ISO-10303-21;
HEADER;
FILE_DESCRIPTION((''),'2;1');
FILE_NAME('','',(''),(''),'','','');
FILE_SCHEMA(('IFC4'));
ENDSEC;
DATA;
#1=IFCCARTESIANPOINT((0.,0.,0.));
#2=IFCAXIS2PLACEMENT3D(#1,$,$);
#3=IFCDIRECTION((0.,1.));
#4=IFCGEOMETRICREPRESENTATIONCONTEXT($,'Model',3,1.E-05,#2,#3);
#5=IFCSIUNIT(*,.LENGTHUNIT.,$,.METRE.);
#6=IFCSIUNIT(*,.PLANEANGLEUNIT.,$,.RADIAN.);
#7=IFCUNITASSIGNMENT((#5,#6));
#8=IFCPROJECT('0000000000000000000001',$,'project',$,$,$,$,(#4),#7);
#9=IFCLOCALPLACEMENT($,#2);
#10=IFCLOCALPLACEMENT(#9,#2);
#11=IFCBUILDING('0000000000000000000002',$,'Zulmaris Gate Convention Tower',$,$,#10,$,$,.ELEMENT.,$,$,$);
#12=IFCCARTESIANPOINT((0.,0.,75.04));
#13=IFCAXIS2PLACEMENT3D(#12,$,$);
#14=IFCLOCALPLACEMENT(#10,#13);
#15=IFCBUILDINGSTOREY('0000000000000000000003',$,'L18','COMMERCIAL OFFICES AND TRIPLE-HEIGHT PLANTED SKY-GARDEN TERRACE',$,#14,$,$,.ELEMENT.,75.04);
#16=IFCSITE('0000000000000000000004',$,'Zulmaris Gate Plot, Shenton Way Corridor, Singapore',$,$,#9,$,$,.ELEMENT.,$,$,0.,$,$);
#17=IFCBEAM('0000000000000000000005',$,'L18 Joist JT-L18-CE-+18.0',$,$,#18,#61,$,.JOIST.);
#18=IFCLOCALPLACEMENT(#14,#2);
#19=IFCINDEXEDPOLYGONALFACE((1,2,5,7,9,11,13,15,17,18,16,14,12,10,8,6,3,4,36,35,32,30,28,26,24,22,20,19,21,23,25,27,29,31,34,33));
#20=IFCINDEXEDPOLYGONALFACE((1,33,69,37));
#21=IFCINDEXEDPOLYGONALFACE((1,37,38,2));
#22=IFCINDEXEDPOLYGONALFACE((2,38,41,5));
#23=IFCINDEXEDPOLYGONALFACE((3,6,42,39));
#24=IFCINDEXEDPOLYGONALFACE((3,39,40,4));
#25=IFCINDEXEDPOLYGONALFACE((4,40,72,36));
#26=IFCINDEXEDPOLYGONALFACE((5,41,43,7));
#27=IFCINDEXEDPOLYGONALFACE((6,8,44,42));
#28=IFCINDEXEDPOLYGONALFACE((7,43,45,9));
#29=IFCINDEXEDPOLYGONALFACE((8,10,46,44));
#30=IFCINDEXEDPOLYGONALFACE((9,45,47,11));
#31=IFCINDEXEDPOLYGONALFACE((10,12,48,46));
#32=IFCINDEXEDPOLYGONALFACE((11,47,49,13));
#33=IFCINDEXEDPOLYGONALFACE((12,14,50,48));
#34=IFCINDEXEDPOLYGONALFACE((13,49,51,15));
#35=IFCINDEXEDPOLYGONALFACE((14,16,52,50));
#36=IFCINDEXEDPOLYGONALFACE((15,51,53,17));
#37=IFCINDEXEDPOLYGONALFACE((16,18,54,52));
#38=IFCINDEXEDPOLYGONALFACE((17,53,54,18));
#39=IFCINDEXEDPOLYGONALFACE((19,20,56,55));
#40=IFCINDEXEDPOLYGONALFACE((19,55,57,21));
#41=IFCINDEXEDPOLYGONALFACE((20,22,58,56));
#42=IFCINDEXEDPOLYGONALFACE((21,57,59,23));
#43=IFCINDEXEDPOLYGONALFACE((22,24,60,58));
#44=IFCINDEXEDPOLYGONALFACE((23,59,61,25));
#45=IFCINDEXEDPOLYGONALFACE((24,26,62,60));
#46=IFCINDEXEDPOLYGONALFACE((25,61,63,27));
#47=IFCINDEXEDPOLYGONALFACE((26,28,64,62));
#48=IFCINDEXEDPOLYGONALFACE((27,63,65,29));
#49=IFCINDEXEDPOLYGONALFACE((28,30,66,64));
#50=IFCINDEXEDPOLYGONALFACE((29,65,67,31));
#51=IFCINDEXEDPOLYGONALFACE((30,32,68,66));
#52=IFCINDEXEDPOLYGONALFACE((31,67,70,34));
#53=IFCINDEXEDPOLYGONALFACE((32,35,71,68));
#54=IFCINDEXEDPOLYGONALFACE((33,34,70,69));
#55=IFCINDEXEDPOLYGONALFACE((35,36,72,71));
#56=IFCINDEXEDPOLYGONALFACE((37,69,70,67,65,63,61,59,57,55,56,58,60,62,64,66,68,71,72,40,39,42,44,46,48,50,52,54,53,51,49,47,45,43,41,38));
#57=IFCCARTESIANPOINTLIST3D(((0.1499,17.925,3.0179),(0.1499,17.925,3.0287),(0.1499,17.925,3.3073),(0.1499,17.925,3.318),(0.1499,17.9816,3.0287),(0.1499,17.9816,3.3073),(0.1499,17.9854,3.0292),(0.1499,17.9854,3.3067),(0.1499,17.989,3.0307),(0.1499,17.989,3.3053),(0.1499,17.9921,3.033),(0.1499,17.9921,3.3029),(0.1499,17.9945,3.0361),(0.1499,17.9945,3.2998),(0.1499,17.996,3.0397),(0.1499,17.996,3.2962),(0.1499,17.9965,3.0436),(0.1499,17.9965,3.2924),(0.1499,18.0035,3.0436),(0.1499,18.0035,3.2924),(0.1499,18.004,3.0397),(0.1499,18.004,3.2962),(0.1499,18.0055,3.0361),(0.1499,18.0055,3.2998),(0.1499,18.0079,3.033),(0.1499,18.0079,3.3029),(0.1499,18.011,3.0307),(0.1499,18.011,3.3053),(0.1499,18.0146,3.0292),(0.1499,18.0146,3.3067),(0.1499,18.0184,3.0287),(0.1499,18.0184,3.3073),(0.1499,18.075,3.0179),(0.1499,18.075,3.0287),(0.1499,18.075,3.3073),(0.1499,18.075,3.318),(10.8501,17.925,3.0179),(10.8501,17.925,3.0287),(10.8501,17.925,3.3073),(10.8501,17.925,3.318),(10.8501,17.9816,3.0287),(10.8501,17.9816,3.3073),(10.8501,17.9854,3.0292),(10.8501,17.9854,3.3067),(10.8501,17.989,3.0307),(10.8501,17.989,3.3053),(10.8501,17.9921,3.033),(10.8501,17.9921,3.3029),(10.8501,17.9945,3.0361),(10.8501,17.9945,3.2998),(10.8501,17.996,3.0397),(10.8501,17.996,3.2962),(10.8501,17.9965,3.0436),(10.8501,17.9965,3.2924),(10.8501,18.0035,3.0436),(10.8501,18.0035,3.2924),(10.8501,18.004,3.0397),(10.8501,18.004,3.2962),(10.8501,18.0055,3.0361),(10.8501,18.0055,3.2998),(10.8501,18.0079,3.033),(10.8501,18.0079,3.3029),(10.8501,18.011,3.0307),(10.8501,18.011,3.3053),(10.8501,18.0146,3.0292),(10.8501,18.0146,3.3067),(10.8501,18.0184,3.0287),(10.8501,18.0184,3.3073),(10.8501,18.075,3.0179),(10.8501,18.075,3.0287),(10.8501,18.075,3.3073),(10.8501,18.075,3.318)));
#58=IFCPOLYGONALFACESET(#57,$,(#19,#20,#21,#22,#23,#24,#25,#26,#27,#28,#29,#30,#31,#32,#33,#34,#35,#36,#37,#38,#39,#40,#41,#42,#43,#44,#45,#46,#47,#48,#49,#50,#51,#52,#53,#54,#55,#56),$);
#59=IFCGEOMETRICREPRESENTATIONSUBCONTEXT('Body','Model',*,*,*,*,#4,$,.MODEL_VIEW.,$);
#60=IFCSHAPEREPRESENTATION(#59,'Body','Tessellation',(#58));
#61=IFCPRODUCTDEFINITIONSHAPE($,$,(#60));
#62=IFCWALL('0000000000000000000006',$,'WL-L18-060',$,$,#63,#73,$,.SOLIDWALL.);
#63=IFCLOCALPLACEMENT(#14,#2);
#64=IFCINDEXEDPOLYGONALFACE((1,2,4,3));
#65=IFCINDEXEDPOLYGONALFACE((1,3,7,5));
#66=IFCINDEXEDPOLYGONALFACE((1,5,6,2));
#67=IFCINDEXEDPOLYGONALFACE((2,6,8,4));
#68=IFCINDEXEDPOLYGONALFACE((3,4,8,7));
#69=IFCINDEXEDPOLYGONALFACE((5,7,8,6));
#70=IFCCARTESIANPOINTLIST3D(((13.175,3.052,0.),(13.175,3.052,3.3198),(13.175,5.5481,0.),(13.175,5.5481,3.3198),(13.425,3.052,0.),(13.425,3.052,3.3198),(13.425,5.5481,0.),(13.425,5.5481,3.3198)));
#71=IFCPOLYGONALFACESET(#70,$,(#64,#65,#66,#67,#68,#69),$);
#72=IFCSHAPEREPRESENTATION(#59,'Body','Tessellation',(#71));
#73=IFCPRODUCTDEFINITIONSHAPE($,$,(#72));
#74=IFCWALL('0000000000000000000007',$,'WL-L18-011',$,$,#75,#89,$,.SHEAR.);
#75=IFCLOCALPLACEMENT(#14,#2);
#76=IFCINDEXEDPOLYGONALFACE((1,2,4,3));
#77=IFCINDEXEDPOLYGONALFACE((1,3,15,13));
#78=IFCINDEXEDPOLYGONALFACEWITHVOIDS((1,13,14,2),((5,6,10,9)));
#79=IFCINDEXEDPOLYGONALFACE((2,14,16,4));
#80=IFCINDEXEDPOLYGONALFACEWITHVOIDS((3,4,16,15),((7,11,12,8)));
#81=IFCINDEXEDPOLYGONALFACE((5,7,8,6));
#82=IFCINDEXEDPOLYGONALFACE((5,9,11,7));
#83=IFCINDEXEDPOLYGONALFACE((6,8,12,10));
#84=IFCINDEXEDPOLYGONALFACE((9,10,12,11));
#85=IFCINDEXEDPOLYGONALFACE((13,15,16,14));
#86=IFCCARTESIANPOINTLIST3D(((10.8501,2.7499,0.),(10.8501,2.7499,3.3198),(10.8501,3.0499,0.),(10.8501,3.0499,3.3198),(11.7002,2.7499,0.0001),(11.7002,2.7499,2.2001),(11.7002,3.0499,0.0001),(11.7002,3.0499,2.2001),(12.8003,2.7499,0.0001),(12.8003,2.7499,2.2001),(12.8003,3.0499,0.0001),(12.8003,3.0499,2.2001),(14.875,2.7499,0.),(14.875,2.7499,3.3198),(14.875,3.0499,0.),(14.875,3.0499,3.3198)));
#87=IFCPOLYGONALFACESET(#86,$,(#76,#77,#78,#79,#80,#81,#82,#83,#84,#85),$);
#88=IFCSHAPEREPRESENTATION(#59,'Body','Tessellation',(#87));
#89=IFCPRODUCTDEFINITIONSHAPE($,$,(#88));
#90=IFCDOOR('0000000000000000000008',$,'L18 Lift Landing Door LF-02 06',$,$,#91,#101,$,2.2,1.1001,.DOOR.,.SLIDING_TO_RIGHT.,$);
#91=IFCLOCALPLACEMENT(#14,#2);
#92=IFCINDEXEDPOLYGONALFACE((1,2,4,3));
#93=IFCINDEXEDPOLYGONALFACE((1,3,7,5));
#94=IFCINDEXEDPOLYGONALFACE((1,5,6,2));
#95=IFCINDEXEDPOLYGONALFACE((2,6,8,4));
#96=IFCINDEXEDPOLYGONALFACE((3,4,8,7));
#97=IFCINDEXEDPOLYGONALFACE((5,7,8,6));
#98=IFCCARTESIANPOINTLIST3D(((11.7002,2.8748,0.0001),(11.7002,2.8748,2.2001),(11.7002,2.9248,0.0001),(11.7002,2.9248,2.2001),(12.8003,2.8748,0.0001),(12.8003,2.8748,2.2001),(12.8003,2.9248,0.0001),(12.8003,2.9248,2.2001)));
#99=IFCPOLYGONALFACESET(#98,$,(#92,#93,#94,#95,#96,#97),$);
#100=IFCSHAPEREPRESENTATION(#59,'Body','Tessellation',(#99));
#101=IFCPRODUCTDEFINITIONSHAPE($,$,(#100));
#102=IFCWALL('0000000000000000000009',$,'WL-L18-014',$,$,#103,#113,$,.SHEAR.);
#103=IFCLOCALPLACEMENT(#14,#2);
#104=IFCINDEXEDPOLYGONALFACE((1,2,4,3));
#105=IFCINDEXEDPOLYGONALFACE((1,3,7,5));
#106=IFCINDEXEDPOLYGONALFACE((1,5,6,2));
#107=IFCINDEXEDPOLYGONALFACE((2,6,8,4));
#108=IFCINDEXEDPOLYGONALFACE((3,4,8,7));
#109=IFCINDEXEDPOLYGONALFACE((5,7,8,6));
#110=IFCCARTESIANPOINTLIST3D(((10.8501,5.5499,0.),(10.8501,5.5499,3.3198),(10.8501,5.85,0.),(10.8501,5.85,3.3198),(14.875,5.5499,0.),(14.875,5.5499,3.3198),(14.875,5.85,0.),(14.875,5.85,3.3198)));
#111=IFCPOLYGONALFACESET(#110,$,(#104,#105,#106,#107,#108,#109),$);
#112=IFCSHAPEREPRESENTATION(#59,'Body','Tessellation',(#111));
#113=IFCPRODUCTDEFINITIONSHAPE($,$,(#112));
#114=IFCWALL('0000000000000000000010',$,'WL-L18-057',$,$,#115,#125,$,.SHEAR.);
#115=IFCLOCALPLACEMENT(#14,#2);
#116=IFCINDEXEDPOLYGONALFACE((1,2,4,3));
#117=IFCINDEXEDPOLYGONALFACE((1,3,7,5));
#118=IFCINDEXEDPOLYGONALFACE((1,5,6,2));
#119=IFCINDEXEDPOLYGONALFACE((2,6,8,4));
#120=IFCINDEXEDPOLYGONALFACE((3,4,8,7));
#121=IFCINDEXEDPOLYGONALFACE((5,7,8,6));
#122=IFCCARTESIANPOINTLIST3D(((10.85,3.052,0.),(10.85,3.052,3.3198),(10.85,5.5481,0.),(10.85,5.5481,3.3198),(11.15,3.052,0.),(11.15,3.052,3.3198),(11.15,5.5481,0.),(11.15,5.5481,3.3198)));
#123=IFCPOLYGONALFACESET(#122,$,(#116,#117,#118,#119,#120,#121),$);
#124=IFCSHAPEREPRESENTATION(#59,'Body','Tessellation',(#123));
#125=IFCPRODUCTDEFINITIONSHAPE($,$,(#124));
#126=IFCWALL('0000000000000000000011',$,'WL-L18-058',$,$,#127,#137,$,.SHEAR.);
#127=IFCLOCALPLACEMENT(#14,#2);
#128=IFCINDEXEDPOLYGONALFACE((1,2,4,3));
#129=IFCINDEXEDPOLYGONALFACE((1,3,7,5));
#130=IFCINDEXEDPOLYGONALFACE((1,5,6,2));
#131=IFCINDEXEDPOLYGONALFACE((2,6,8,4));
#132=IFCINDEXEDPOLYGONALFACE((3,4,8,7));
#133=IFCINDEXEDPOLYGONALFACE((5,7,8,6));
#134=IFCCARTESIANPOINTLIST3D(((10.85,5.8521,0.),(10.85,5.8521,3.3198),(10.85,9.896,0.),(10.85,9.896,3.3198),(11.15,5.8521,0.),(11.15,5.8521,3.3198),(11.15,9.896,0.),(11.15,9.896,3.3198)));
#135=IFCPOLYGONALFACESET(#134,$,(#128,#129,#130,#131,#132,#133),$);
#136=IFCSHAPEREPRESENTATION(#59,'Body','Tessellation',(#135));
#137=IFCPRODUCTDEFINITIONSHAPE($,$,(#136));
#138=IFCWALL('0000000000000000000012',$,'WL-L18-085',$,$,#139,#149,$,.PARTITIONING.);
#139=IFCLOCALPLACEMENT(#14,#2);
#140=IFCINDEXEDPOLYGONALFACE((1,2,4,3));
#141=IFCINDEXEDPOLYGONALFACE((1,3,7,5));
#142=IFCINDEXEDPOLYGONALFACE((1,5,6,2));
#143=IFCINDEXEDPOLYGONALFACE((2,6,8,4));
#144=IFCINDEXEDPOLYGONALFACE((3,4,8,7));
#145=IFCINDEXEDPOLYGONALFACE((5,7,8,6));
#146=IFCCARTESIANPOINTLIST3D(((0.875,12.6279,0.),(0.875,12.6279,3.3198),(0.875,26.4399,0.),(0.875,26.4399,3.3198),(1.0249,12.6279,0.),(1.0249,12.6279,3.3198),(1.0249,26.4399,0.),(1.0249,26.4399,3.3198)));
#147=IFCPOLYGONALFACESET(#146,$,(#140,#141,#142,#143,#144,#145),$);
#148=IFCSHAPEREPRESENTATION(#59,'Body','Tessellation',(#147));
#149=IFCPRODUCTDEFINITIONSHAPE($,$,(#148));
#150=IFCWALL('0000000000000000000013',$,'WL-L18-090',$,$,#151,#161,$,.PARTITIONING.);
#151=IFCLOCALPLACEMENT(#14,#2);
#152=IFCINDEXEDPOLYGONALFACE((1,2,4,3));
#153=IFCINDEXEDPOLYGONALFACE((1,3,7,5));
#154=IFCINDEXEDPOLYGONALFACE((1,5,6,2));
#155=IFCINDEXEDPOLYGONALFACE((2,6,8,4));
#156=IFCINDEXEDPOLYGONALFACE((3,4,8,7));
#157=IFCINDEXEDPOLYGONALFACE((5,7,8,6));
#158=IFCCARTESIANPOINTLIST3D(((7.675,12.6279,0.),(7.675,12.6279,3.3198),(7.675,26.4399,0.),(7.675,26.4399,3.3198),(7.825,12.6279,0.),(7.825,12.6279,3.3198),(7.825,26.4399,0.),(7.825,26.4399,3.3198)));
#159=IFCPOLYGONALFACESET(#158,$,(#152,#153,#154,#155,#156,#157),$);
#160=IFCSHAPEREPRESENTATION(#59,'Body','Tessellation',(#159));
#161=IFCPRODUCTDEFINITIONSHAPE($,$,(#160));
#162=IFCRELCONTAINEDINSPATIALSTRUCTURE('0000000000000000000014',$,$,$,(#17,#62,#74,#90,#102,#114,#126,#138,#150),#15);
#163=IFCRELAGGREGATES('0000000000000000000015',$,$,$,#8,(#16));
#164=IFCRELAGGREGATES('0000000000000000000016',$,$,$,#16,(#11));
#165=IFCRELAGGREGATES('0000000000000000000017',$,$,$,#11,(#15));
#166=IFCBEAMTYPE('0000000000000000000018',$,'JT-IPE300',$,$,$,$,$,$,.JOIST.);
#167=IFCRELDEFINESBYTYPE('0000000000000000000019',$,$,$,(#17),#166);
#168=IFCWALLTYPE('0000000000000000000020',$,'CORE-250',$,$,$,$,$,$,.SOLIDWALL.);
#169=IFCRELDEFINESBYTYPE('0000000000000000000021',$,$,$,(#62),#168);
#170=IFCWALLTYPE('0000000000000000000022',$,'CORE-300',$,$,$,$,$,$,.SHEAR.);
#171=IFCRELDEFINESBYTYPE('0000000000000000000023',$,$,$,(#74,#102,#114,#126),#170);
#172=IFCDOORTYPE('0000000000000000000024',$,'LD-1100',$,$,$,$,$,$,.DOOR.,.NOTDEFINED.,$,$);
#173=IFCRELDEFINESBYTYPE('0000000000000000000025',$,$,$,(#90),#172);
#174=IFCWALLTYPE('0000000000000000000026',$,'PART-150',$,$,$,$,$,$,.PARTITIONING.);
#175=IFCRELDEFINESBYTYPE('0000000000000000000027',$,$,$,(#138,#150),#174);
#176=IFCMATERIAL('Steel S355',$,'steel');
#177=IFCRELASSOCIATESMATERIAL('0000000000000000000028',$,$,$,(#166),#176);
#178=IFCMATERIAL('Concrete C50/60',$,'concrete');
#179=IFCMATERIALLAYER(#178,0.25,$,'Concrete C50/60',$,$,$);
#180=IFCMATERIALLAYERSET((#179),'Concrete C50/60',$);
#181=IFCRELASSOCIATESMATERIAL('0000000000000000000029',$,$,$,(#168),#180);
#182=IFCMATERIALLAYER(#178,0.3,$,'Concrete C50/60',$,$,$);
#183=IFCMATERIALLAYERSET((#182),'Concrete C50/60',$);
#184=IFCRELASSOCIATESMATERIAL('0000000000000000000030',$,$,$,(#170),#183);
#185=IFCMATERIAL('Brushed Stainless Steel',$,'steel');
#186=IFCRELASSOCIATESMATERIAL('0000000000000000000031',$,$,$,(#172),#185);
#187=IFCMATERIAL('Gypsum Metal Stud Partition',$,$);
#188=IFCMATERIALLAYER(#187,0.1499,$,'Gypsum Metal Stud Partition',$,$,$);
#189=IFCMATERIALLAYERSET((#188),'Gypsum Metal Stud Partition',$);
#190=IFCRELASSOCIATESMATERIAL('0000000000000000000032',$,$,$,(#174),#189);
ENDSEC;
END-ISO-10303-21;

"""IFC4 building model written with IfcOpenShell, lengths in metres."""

from ifc_helpers import new_model, si_unit, direction, frame, frame_2d, origin, origin_2d, place, context, subcontext, project, spatial, rectangle, i_section, extrude, material, layer, layer_set, material_profile, profile_set, type_object, element, fill, save


model = new_model("IFC4")

# Units and contexts
model_context = context("Model", 3, precision=1e-05, world=origin(), true_north=direction((0.0, 1.0)))
body_context = subcontext(model_context, "Body", "Model", "MODEL_VIEW")
ifc_project = project(units=[si_unit("LENGTHUNIT", "METRE"), si_unit("PLANEANGLEUNIT", "RADIAN")], contexts=[model_context])

# Site, building, storey
site_placement = place(None, origin())
site = spatial("IfcSite", under=ifc_project, at=site_placement, Name="Zulmaris Gate Plot, Shenton Way Corridor, Singapore", CompositionType="ELEMENT", RefElevation=0.0)
building_placement = place(site_placement, origin())
building = spatial("IfcBuilding", under=site, at=building_placement, Name="Zulmaris Gate Convention Tower", CompositionType="ELEMENT")
storey_placement = place(building_placement, frame((0.0, 0.0, 75.04)))
storey = spatial("IfcBuildingStorey", under=building, at=storey_placement, Name="L18", Description="COMMERCIAL OFFICES AND TRIPLE-HEIGHT PLANTED SKY-GARDEN TERRACE", CompositionType="ELEMENT", Elevation=75.04)

# Beam
ifc_material_1 = material(Name="Steel S355", Category="steel")
ifc_material_profile_1 = material_profile(ifc_material_1, i_section(OverallWidth=0.1499, OverallDepth=0.3, WebThickness=0.0071, FlangeThickness=0.0107, FilletRadius=0.0149, at=origin_2d()), Name="IPE 300")
ifc_profile_set_1 = profile_set([ifc_material_profile_1], Name="Steel S355")
beam_type_1 = type_object("IfcBeamType", Name="JT-IPE300", PredefinedType="JOIST", material=ifc_profile_set_1)
for number, where, z_axis, x_axis, name in (
    (1, (0.1499, 18.0, 3.168), (1.0, 0.0, 0.0), (0.0, 1.0, 0.0), "L18 Joist JT-L18-CE-+18.0"),
):
    element("IfcBeam", number, at=place(storey_placement, frame(where, z_axis=z_axis, x_axis=x_axis)), inside=storey, type_object=beam_type_1, Name=name, PredefinedType="JOIST", context=body_context, shape_type="SweptSolid", body=[
        extrude(i_section(OverallWidth=0.1499, OverallDepth=0.3, WebThickness=0.0071, FlangeThickness=0.0107, FilletRadius=0.0149, at=origin_2d()), origin(), (0.0, 0.0, 1.0), 10.7002),
    ])

# Wall
ifc_material_2 = material(Name="Concrete C50/60", Category="concrete")
ifc_layer_1 = layer(ifc_material_2, 0.25, Name="Concrete C50/60")
ifc_layer_set_1 = layer_set([ifc_layer_1], Name="Concrete C50/60")
wall_type_1 = type_object("IfcWallType", Name="CORE-250", PredefinedType="SOLIDWALL", material=ifc_layer_set_1)
wall_1_placement = place(storey_placement, frame((13.3, 3.052, 0.0), z_axis=(0.0, 0.0, 1.0), x_axis=(0.0, 1.0, 0.0)))
element("IfcWall", 2, at=wall_1_placement, inside=storey, type_object=wall_type_1, Name="WL-L18-060", PredefinedType="SOLIDWALL", context=body_context, shape_type="SweptSolid", body=[
    extrude(rectangle(XDim=2.4961, YDim=0.25, at=frame_2d((1.248, 0.0))), origin(), (0.0, 0.0, 1.0), 3.3198),
])

# Wall, opening, door
ifc_layer_2 = layer(ifc_material_2, 0.3, Name="Concrete C50/60")
ifc_layer_set_2 = layer_set([ifc_layer_2], Name="Concrete C50/60")
wall_type_2 = type_object("IfcWallType", Name="CORE-300", PredefinedType="SHEAR", material=ifc_layer_set_2)
wall_2_placement = place(storey_placement, frame((10.8501, 2.8999, 0.0), z_axis=(0.0, 0.0, 1.0), x_axis=(1.0, 0.0, 0.0)))
wall_2 = element("IfcWall", 3, at=wall_2_placement, inside=storey, type_object=wall_type_2, Name="WL-L18-011", PredefinedType="SHEAR", context=body_context, shape_type="SweptSolid", body=[
    extrude(rectangle(XDim=4.0249, YDim=0.3, at=frame_2d((2.0125, 0.0))), origin(), (0.0, 0.0, 1.0), 3.3198),
])
opening_1_placement = place(wall_2_placement, frame((0.8501, 0.0, 0.0)))
opening_1 = element("IfcOpeningElement", 4, at=opening_1_placement, cuts=wall_2, PredefinedType="OPENING", context=body_context, shape_type="SweptSolid", body=[
    extrude(rectangle(XDim=1.1001, YDim=2.2, at=frame_2d((0.55, 1.1001))), frame((0.0, 0.1602, 0.0), z_axis=(0.0, -1.0, 0.0), x_axis=(1.0, 0.0, 0.0)), (0.0, 0.0, 1.0), 0.3201),
])
ifc_material_3 = material(Name="Brushed Stainless Steel", Category="steel")
door_type_1 = type_object("IfcDoorType", Name="LD-1100", OperationType="NOTDEFINED", PredefinedType="DOOR", material=ifc_material_3)
door_1_placement = place(opening_1_placement, origin())
door_1 = element("IfcDoor", 5, at=door_1_placement, inside=storey, type_object=door_type_1, Name="L18 Lift Landing Door LF-02 06", OperationType="SLIDING_TO_RIGHT", OverallHeight=2.2, OverallWidth=1.1001, PredefinedType="DOOR", context=body_context, shape_type="SweptSolid", body=[
    extrude(rectangle(XDim=1.1001, YDim=2.2, at=frame_2d((0.55, 1.1001))), frame((0.0, 0.0249, 0.0), z_axis=(0.0, -1.0, 0.0), x_axis=(1.0, 0.0, 0.0)), (0.0, 0.0, 1.0), 0.05),
])
fill(opening_1, door_1)

# Wall
wall_3_placement = place(storey_placement, frame((10.8501, 5.7, 0.0), z_axis=(0.0, 0.0, 1.0), x_axis=(1.0, 0.0, 0.0)))
element("IfcWall", 6, at=wall_3_placement, inside=storey, type_object=wall_type_2, Name="WL-L18-014", PredefinedType="SHEAR", context=body_context, shape_type="SweptSolid", body=[
    extrude(rectangle(XDim=4.0249, YDim=0.3, at=frame_2d((2.0125, 0.0))), origin(), (0.0, 0.0, 1.0), 3.3198),
])

# Walls
wall_4_placement = place(storey_placement, frame((11.0, 3.052, 0.0), z_axis=(0.0, 0.0, 1.0), x_axis=(0.0, 1.0, 0.0)))
element("IfcWall", 7, at=wall_4_placement, inside=storey, type_object=wall_type_2, Name="WL-L18-057", PredefinedType="SHEAR", context=body_context, shape_type="SweptSolid", body=[
    extrude(rectangle(XDim=2.4961, YDim=0.3, at=frame_2d((1.248, 0.0))), origin(), (0.0, 0.0, 1.0), 3.3198),
])
wall_5_placement = place(storey_placement, frame((11.0, 5.8521, 0.0), z_axis=(0.0, 0.0, 1.0), x_axis=(0.0, 1.0, 0.0)))
element("IfcWall", 8, at=wall_5_placement, inside=storey, type_object=wall_type_2, Name="WL-L18-058", PredefinedType="SHEAR", context=body_context, shape_type="SweptSolid", body=[
    extrude(rectangle(XDim=4.0439, YDim=0.3, at=frame_2d((2.022, 0.0))), origin(), (0.0, 0.0, 1.0), 3.3198),
])
ifc_material_4 = material(Name="Gypsum Metal Stud Partition")
ifc_layer_3 = layer(ifc_material_4, 0.1499, Name="Gypsum Metal Stud Partition")
ifc_layer_set_3 = layer_set([ifc_layer_3], Name="Gypsum Metal Stud Partition")
wall_type_3 = type_object("IfcWallType", Name="PART-150", PredefinedType="PARTITIONING", material=ifc_layer_set_3)
for number, where, z_axis, x_axis, name in (
    (9, (0.95, 12.6279, 0.0), (0.0, 0.0, 1.0), (0.0, 1.0, 0.0), "WL-L18-085"),
    (10, (7.75, 12.6279, 0.0), (0.0, 0.0, 1.0), (0.0, 1.0, 0.0), "WL-L18-090"),
):
    element("IfcWall", number, at=place(storey_placement, frame(where, z_axis=z_axis, x_axis=x_axis)), inside=storey, type_object=wall_type_3, Name=name, PredefinedType="PARTITIONING", context=body_context, shape_type="SweptSolid", body=[
        extrude(rectangle(XDim=13.812, YDim=0.1499, at=frame_2d((6.906, 0.0))), origin(), (0.0, 0.0, 1.0), 3.3198),
    ])

save(model, "model.ifc")
